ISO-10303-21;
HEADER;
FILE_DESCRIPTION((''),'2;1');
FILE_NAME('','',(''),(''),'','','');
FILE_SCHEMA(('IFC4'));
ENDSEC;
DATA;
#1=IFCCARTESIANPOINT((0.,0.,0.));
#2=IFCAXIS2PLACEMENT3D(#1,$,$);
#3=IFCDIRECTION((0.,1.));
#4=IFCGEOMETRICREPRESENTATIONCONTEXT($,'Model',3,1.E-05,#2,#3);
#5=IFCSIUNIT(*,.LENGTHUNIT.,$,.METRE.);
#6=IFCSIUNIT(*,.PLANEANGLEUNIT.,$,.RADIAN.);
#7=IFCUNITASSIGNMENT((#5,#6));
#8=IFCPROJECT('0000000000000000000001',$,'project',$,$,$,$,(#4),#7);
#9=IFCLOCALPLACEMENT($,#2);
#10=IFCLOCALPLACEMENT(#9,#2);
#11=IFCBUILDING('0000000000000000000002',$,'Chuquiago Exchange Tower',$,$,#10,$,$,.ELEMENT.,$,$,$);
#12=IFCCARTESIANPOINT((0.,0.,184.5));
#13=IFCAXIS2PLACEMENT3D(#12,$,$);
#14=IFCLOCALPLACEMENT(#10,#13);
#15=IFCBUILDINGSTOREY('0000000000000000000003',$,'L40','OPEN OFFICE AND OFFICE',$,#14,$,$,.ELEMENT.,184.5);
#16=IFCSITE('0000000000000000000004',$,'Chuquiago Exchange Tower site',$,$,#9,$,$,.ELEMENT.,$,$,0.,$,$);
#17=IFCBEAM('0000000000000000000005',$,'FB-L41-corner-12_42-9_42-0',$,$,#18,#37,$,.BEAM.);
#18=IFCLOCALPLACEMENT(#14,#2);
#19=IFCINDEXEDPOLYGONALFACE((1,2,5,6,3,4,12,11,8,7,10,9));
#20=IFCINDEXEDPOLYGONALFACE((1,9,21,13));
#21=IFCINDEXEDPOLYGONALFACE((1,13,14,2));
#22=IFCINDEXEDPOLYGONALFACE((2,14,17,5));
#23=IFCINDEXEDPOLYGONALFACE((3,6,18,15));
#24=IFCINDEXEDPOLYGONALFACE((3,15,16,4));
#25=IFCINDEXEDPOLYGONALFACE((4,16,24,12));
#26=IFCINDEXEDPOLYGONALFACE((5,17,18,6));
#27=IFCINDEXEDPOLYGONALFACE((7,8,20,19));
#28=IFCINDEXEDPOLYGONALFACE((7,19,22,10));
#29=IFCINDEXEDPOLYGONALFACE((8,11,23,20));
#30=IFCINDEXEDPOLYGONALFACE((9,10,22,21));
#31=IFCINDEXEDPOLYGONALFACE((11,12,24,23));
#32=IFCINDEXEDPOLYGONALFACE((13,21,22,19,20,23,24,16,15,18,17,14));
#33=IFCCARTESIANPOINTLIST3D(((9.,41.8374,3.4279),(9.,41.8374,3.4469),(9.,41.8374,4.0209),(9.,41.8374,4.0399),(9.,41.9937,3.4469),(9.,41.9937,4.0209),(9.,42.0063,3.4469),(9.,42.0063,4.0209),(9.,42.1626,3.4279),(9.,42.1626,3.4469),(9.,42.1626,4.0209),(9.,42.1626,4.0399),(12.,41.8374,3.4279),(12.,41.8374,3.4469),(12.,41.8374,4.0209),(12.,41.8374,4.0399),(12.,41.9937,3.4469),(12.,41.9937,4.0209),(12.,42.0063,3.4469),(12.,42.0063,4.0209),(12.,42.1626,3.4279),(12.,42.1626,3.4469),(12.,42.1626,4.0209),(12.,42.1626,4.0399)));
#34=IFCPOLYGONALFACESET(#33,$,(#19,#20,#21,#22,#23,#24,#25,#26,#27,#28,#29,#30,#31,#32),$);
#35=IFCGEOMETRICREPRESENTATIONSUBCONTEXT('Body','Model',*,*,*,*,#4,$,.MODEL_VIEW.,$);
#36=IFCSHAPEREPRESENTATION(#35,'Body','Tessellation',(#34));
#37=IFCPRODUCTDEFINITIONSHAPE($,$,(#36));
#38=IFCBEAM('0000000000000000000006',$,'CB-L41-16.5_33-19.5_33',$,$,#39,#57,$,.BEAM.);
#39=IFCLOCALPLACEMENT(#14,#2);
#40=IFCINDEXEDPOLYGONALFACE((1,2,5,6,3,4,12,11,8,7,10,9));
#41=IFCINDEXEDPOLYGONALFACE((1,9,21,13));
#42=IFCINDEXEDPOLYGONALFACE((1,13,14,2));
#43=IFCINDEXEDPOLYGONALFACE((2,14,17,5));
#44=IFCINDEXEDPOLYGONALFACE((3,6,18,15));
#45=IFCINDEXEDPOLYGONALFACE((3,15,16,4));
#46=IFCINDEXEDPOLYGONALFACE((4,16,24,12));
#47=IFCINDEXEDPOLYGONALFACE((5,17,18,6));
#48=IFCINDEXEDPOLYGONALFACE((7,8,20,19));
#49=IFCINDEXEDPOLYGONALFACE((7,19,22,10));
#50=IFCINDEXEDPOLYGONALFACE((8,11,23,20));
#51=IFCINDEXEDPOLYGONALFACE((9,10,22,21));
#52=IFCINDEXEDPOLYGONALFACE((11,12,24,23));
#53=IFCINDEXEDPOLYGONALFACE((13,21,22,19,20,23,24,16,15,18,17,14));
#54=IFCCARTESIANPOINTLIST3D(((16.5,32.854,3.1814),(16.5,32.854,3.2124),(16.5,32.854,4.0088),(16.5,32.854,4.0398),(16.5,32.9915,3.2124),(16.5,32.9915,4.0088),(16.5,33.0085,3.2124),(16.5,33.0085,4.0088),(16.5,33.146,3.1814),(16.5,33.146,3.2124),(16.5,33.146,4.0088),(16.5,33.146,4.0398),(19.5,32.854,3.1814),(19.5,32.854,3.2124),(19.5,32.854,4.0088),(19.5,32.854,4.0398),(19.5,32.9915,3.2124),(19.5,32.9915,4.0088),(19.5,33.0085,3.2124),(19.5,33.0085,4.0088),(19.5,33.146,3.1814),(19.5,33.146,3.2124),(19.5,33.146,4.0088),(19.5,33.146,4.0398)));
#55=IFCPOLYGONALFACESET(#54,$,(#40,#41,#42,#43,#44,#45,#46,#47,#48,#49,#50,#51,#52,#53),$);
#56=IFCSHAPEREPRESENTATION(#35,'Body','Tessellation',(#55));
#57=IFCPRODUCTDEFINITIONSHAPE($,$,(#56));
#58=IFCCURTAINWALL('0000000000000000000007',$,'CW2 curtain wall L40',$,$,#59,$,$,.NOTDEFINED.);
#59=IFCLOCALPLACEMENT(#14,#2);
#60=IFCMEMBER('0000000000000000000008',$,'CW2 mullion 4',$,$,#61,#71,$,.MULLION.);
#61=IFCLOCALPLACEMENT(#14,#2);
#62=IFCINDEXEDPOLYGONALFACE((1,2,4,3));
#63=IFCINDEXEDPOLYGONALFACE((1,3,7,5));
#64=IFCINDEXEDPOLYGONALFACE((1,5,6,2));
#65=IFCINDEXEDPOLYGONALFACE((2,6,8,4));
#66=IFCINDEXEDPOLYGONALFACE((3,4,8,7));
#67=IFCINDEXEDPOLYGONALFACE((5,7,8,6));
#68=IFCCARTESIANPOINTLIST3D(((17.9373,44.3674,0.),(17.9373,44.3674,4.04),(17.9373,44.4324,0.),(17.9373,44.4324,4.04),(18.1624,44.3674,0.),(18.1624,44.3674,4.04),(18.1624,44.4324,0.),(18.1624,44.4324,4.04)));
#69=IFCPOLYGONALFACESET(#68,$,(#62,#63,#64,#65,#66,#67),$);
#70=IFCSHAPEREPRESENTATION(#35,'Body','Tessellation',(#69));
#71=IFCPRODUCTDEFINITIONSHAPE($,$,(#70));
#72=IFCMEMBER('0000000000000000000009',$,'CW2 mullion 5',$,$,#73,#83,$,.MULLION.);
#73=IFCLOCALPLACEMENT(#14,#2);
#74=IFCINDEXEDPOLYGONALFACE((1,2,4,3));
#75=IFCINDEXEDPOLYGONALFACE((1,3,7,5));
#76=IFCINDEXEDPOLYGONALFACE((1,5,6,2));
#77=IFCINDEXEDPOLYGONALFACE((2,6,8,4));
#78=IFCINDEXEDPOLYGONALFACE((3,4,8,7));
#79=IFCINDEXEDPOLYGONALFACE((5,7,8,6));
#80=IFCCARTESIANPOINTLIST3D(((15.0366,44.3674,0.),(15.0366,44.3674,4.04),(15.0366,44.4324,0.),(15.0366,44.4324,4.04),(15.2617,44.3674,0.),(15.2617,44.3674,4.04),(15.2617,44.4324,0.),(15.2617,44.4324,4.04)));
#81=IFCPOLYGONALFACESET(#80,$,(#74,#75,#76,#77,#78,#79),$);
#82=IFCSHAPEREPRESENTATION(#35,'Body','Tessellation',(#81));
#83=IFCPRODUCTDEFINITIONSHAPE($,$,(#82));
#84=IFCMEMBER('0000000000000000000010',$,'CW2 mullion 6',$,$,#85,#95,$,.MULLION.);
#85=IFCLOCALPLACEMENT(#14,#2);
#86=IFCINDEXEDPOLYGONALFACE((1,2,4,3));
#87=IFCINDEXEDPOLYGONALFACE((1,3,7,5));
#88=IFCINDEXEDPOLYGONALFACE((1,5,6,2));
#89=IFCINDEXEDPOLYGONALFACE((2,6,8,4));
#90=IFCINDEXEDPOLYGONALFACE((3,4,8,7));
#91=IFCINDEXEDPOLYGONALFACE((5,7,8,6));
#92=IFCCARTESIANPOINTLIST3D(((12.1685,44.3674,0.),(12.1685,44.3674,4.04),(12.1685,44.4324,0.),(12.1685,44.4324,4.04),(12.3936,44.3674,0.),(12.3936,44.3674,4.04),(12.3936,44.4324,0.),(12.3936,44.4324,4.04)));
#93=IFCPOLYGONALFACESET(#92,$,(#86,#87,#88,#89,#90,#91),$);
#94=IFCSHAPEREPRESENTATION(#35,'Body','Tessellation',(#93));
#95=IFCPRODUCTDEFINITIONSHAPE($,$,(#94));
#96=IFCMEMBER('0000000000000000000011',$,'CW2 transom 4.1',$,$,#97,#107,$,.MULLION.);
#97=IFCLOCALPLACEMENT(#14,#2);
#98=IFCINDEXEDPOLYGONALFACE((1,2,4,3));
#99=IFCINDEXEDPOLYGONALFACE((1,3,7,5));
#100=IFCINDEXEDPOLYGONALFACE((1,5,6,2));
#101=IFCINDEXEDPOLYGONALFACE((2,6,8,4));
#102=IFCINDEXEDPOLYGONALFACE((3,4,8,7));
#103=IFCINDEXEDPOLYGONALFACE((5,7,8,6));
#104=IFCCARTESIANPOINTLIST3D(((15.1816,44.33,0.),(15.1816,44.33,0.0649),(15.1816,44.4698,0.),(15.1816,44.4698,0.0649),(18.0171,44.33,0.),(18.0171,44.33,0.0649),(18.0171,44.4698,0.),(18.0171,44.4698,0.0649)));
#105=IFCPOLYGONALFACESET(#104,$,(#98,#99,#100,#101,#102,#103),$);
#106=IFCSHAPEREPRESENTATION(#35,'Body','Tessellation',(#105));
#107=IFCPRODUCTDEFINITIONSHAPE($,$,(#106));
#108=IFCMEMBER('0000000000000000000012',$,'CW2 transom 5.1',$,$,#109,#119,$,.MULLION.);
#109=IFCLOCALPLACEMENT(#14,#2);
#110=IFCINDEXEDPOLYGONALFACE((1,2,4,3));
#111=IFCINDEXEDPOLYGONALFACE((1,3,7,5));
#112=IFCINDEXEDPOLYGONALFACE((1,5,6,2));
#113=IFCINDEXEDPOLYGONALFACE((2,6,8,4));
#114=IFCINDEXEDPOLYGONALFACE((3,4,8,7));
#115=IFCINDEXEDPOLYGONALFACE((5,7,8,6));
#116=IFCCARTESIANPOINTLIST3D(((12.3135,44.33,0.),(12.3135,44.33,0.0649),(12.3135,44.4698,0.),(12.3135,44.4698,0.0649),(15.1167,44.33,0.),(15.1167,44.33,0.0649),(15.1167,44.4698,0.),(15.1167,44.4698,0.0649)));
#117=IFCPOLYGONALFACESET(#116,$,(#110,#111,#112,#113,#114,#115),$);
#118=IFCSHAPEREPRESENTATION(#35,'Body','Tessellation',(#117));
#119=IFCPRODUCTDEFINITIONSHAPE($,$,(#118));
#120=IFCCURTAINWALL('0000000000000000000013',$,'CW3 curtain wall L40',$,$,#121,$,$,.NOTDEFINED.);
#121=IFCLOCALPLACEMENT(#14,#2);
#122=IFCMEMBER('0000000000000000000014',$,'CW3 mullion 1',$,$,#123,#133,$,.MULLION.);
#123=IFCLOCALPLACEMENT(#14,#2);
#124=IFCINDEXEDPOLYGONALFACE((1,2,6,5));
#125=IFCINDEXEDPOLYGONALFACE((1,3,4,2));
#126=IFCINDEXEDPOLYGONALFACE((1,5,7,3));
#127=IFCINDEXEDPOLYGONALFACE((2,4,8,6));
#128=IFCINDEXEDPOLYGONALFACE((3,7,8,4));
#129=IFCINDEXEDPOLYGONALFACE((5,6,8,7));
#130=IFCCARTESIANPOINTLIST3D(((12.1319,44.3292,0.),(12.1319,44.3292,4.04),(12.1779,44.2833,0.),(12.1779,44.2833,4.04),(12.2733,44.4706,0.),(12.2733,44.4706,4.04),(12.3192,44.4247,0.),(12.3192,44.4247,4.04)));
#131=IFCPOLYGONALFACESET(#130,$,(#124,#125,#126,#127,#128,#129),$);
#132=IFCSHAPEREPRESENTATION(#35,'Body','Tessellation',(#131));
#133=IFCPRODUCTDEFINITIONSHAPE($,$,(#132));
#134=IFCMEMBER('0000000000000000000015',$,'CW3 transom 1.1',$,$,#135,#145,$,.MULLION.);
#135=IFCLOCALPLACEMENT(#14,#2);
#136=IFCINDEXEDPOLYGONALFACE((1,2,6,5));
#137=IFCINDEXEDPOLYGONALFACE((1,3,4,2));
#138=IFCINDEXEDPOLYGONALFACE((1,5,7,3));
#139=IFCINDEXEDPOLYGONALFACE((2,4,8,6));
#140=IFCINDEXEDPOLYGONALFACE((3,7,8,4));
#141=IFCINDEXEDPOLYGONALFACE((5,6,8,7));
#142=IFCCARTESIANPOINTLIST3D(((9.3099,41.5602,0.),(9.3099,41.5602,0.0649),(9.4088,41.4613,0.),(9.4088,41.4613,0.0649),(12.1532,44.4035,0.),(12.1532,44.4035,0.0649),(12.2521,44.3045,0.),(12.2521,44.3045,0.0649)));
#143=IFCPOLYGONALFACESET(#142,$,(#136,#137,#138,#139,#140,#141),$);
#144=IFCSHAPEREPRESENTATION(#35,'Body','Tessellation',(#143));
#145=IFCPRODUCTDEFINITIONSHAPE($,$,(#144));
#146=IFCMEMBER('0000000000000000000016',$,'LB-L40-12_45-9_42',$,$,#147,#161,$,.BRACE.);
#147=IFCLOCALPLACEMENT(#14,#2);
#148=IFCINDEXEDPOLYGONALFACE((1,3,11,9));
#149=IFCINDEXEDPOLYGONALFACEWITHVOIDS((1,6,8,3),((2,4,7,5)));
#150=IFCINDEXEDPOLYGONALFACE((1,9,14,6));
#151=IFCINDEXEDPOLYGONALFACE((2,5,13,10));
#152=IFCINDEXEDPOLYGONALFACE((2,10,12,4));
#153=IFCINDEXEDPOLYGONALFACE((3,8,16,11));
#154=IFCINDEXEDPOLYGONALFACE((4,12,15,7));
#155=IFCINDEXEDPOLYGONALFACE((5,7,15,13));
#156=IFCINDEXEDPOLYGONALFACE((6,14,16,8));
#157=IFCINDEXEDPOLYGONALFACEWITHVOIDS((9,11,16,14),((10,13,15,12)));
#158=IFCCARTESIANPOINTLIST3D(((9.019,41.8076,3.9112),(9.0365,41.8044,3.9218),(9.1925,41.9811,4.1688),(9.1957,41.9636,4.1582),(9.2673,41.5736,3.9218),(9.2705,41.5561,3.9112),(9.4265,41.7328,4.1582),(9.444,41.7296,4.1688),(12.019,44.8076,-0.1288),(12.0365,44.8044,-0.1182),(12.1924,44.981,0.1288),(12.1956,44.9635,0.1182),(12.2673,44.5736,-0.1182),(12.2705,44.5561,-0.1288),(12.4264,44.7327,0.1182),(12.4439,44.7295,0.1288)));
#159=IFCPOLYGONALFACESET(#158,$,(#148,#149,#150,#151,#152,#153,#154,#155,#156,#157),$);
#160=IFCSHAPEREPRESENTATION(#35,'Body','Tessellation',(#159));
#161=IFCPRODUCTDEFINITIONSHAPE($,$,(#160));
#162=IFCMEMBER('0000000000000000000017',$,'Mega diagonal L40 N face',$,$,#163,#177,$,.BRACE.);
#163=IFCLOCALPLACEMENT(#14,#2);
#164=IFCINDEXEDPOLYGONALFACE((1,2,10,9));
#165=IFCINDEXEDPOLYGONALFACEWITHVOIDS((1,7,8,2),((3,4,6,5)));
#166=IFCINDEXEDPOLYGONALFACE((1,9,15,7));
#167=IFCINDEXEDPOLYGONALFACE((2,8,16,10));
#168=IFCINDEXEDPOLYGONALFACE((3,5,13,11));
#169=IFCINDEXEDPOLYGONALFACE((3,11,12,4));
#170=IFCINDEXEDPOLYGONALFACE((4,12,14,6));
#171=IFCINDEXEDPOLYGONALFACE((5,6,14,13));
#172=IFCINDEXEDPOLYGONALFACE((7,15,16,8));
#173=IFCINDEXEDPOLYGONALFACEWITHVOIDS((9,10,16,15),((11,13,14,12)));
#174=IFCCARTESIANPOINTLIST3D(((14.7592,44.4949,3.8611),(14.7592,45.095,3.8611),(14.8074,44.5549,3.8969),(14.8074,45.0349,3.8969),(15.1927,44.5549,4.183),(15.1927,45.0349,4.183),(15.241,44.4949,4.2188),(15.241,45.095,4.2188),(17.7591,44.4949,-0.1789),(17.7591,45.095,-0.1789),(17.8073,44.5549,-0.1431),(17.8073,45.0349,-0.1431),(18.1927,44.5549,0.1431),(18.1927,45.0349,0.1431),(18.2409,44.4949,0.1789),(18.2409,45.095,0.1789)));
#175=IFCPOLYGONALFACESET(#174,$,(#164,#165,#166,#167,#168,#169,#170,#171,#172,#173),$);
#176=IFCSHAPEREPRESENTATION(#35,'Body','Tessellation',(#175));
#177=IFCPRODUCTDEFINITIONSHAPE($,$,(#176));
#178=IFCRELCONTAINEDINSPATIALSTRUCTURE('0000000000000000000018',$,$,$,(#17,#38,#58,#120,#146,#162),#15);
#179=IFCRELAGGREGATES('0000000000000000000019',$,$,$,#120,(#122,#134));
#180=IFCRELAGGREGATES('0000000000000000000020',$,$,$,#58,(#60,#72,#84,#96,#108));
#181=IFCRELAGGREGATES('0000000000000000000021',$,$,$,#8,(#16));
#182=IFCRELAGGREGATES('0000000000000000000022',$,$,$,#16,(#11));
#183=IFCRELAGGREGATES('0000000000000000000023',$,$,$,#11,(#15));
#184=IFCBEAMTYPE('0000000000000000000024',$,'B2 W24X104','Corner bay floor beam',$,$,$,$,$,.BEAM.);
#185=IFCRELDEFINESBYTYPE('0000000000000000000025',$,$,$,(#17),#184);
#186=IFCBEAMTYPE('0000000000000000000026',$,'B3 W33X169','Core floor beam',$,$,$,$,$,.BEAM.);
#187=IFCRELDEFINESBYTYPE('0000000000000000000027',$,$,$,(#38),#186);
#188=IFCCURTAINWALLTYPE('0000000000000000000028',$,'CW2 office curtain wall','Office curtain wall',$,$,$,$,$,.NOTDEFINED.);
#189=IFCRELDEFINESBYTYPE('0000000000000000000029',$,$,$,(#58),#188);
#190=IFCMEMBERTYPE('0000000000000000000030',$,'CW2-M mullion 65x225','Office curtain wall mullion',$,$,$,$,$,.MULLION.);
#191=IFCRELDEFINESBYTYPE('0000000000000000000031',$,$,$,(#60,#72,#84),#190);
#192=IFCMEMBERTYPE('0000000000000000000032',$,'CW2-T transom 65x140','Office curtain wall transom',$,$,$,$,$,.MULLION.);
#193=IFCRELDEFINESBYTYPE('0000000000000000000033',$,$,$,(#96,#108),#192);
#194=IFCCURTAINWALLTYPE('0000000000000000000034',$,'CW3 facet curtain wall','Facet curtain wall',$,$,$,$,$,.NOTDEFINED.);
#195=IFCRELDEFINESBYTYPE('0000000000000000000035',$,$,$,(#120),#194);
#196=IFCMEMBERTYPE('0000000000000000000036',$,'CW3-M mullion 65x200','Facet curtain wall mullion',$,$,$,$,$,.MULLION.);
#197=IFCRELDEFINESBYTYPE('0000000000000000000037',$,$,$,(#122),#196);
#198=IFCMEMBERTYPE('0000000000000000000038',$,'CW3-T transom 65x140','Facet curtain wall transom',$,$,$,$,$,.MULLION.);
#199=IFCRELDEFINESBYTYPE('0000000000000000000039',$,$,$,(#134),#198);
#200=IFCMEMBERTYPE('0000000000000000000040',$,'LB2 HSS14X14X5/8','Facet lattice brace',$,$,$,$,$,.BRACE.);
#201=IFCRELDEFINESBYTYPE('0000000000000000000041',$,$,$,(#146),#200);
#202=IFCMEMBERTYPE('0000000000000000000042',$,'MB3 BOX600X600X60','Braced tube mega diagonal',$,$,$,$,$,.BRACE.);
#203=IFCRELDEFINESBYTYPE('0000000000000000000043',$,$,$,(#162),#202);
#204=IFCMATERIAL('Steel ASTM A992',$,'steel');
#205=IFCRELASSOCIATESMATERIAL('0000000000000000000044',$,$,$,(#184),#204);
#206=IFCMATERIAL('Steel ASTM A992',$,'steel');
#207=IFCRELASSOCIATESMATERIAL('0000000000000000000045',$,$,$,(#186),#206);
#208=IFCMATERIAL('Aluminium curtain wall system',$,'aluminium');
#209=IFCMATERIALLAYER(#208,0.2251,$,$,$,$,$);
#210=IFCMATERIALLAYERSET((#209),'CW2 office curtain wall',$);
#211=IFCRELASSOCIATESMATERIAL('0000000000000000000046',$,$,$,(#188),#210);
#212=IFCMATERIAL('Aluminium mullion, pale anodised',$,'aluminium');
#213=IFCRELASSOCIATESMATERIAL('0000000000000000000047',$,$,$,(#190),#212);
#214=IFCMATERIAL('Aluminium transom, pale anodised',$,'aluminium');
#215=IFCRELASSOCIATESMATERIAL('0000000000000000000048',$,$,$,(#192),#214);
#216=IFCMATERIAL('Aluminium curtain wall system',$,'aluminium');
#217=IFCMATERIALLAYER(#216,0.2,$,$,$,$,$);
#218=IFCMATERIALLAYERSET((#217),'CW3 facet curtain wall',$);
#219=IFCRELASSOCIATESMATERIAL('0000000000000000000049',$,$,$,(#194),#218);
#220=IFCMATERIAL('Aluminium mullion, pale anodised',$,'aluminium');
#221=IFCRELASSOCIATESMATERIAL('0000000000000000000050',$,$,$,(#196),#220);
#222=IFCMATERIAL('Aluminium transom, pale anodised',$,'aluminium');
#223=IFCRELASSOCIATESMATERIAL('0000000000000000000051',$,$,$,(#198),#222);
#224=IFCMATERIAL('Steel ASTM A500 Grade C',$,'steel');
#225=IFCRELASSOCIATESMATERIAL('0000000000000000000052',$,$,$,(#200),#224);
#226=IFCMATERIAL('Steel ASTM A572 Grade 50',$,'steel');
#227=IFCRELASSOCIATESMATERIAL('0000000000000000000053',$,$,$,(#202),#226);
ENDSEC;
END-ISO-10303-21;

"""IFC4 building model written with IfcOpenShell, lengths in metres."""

from ifc_helpers import new_model, si_unit, direction, frame, origin, origin_2d, place, context, subcontext, project, spatial, rectangle, hollow_rectangle, i_section, extrude, material, layer, layer_set, material_profile, profile_set, type_object, element, aggregate, save


model = new_model("IFC4")

# Units and contexts
model_context = context("Model", 3, precision=1e-05, world=origin(), true_north=direction((0.0, 1.0)))
body_context = subcontext(model_context, "Body", "Model", "MODEL_VIEW")
ifc_project = project(units=[si_unit("LENGTHUNIT", "METRE"), si_unit("PLANEANGLEUNIT", "RADIAN")], contexts=[model_context])

# Site, building, storey
site_placement = place(None, origin())
site = spatial("IfcSite", under=ifc_project, at=site_placement, Name="Chuquiago Exchange Tower site", CompositionType="ELEMENT", RefElevation=0.0)
building_placement = place(site_placement, origin())
building = spatial("IfcBuilding", under=site, at=building_placement, Name="Chuquiago Exchange Tower", CompositionType="ELEMENT")
storey_placement = place(building_placement, frame((0.0, 0.0, 184.5)))
storey = spatial("IfcBuildingStorey", under=building, at=storey_placement, Name="L40", Description="OPEN OFFICE AND OFFICE", CompositionType="ELEMENT", Elevation=184.5)

# Beams
ifc_material_1 = material(Name="Steel ASTM A992", Category="steel")
ifc_material_profile_1 = material_profile(ifc_material_1, i_section(OverallWidth=0.3252, OverallDepth=0.6121, WebThickness=0.0127, FlangeThickness=0.019, at=origin_2d()), Name="W24X104")
ifc_profile_set_1 = profile_set([ifc_material_profile_1], Name="Steel ASTM A992")
beam_type_1 = type_object("IfcBeamType", Name="B2 W24X104", Description="Corner bay floor beam", PredefinedType="BEAM", material=ifc_profile_set_1)
beam_1_placement = place(storey_placement, frame((12.0, 42.0, 3.7339), z_axis=(-1.0, 0.0, 0.0), x_axis=(0.0, -1.0, 0.0)))
element("IfcBeam", 1, at=beam_1_placement, inside=storey, type_object=beam_type_1, Name="FB-L41-corner-12_42-9_42-0", PredefinedType="BEAM", context=body_context, shape_type="SweptSolid", body=[
    extrude(i_section(OverallWidth=0.3252, OverallDepth=0.6121, WebThickness=0.0127, FlangeThickness=0.019, at=origin_2d()), origin(), (0.0, 0.0, 1.0), 3.0),
])
ifc_material_2 = material(Name="Steel ASTM A992", Category="steel")
ifc_material_profile_2 = material_profile(ifc_material_2, i_section(OverallWidth=0.292, OverallDepth=0.8584, WebThickness=0.0171, FlangeThickness=0.031, at=origin_2d()), Name="W33X169")
ifc_profile_set_2 = profile_set([ifc_material_profile_2], Name="Steel ASTM A992")
beam_type_2 = type_object("IfcBeamType", Name="B3 W33X169", Description="Core floor beam", PredefinedType="BEAM", material=ifc_profile_set_2)
beam_2_placement = place(storey_placement, frame((16.5, 33.0, 3.6106), z_axis=(1.0, 0.0, 0.0), x_axis=(0.0, 1.0, 0.0)))
element("IfcBeam", 2, at=beam_2_placement, inside=storey, type_object=beam_type_2, Name="CB-L41-16.5_33-19.5_33", PredefinedType="BEAM", context=body_context, shape_type="SweptSolid", body=[
    extrude(i_section(OverallWidth=0.292, OverallDepth=0.8584, WebThickness=0.0171, FlangeThickness=0.031, at=origin_2d()), origin(), (0.0, 0.0, 1.0), 3.0),
])

# Curtain walls, members
ifc_material_3 = material(Name="Aluminium curtain wall system", Category="aluminium")
ifc_layer_1 = layer(ifc_material_3, 0.2251)
ifc_layer_set_1 = layer_set([ifc_layer_1], Name="CW2 office curtain wall")
curtain_wall_type_1 = type_object("IfcCurtainWallType", Name="CW2 office curtain wall", Description="Office curtain wall", PredefinedType="NOTDEFINED", material=ifc_layer_set_1)
curtain_wall_1_placement = place(storey_placement, origin())
curtain_wall_1 = element("IfcCurtainWall", 3, at=curtain_wall_1_placement, inside=storey, type_object=curtain_wall_type_1, Name="CW2 curtain wall L40", PredefinedType="NOTDEFINED")
ifc_material_4 = material(Name="Aluminium mullion, pale anodised", Category="aluminium")
ifc_material_profile_3 = material_profile(ifc_material_4, rectangle(XDim=0.0649, YDim=0.2251, at=origin_2d()), Name="AL 65x225")
ifc_profile_set_3 = profile_set([ifc_material_profile_3], Name="Aluminium mullion, pale anodised")
member_type_1 = type_object("IfcMemberType", Name="CW2-M mullion 65x225", Description="Office curtain wall mullion", PredefinedType="MULLION", material=ifc_profile_set_3)
member_1_placement = place(storey_placement, frame((18.0498, 44.3999, 0.0), z_axis=(0.0, 0.0, 1.0), x_axis=(0.0, -1.0, 0.0)))
member_1 = element("IfcMember", 4, at=member_1_placement, type_object=member_type_1, Name="CW2 mullion 4", PredefinedType="MULLION", context=body_context, shape_type="SweptSolid", body=[
    extrude(rectangle(XDim=0.0649, YDim=0.2251, at=origin_2d()), origin(), (0.0, 0.0, 1.0), 4.04),
])
member_2_placement = place(storey_placement, frame((15.1492, 44.3999, 0.0), z_axis=(0.0, 0.0, 1.0), x_axis=(0.0, -1.0, 0.0)))
member_2 = element("IfcMember", 5, at=member_2_placement, type_object=member_type_1, Name="CW2 mullion 5", PredefinedType="MULLION", context=body_context, shape_type="SweptSolid", body=[
    extrude(rectangle(XDim=0.0649, YDim=0.2251, at=origin_2d()), origin(), (0.0, 0.0, 1.0), 4.04),
])
member_3_placement = place(storey_placement, frame((12.281, 44.3999, 0.0), z_axis=(0.0, 0.0, 1.0), x_axis=(0.0, -1.0, 0.0)))
member_3 = element("IfcMember", 6, at=member_3_placement, type_object=member_type_1, Name="CW2 mullion 6", PredefinedType="MULLION", context=body_context, shape_type="SweptSolid", body=[
    extrude(rectangle(XDim=0.0649, YDim=0.2251, at=origin_2d()), origin(), (0.0, 0.0, 1.0), 4.04),
])
ifc_material_5 = material(Name="Aluminium transom, pale anodised", Category="aluminium")
ifc_material_profile_4 = material_profile(ifc_material_5, rectangle(XDim=0.1399, YDim=0.0649, at=origin_2d()), Name="AL 140x65")
ifc_profile_set_4 = profile_set([ifc_material_profile_4], Name="Aluminium transom, pale anodised")
member_type_2 = type_object("IfcMemberType", Name="CW2-T transom 65x140", Description="Office curtain wall transom", PredefinedType="MULLION", material=ifc_profile_set_4)
member_4_placement = place(storey_placement, frame((18.0171, 44.3999, 0.0325), z_axis=(-1.0, 0.0, 0.0), x_axis=(0.0, -1.0, 0.0)))
member_4 = element("IfcMember", 7, at=member_4_placement, type_object=member_type_2, Name="CW2 transom 4.1", PredefinedType="MULLION", context=body_context, shape_type="SweptSolid", body=[
    extrude(rectangle(XDim=0.1399, YDim=0.0649, at=origin_2d()), origin(), (0.0, 0.0, 1.0), 2.8354),
])
member_5_placement = place(storey_placement, frame((15.1167, 44.3999, 0.0325), z_axis=(-1.0, 0.0, 0.0), x_axis=(0.0, -1.0, 0.0)))
member_5 = element("IfcMember", 8, at=member_5_placement, type_object=member_type_2, Name="CW2 transom 5.1", PredefinedType="MULLION", context=body_context, shape_type="SweptSolid", body=[
    extrude(rectangle(XDim=0.1399, YDim=0.0649, at=origin_2d()), origin(), (0.0, 0.0, 1.0), 2.8032),
])
ifc_material_6 = material(Name="Aluminium curtain wall system", Category="aluminium")
ifc_layer_2 = layer(ifc_material_6, 0.2)
ifc_layer_set_2 = layer_set([ifc_layer_2], Name="CW3 facet curtain wall")
curtain_wall_type_2 = type_object("IfcCurtainWallType", Name="CW3 facet curtain wall", Description="Facet curtain wall", PredefinedType="NOTDEFINED", material=ifc_layer_set_2)
curtain_wall_2_placement = place(storey_placement, origin())
curtain_wall_2 = element("IfcCurtainWall", 9, at=curtain_wall_2_placement, inside=storey, type_object=curtain_wall_type_2, Name="CW3 curtain wall L40", PredefinedType="NOTDEFINED")
ifc_material_7 = material(Name="Aluminium mullion, pale anodised", Category="aluminium")
ifc_material_profile_5 = material_profile(ifc_material_7, rectangle(XDim=0.0649, YDim=0.2, at=origin_2d()), Name="AL 65x200")
ifc_profile_set_5 = profile_set([ifc_material_profile_5], Name="Aluminium mullion, pale anodised")
member_type_3 = type_object("IfcMemberType", Name="CW3-M mullion 65x200", Description="Facet curtain wall mullion", PredefinedType="MULLION", material=ifc_profile_set_5)
member_6_placement = place(storey_placement, frame((12.2256, 44.377, 0.0), z_axis=(0.0, 0.0, 1.0), x_axis=(0.707107, -0.707107, 0.0)))
member_6 = element("IfcMember", 10, at=member_6_placement, type_object=member_type_3, Name="CW3 mullion 1", PredefinedType="MULLION", context=body_context, shape_type="SweptSolid", body=[
    extrude(rectangle(XDim=0.0649, YDim=0.2, at=origin_2d()), origin(), (0.0, 0.0, 1.0), 4.04),
])
ifc_material_8 = material(Name="Aluminium transom, pale anodised", Category="aluminium")
ifc_material_profile_6 = material_profile(ifc_material_8, rectangle(XDim=0.1399, YDim=0.0649, at=origin_2d()), Name="AL 140x65")
ifc_profile_set_6 = profile_set([ifc_material_profile_6], Name="Aluminium transom, pale anodised")
member_type_4 = type_object("IfcMemberType", Name="CW3-T transom 65x140", Description="Facet curtain wall transom", PredefinedType="MULLION", material=ifc_profile_set_6)
member_7_placement = place(storey_placement, frame((12.2026, 44.354, 0.0325), z_axis=(-0.707107, -0.707107, 0.0), x_axis=(0.707107, -0.707107, 0.0)))
member_7 = element("IfcMember", 11, at=member_7_placement, type_object=member_type_4, Name="CW3 transom 1.1", PredefinedType="MULLION", context=body_context, shape_type="SweptSolid", body=[
    extrude(rectangle(XDim=0.1399, YDim=0.0649, at=origin_2d()), origin(), (0.0, 0.0, 1.0), 4.021),
])
aggregate(curtain_wall_2, [member_6, member_7])

# Members
ifc_material_9 = material(Name="Steel ASTM A500 Grade C", Category="steel")
ifc_material_profile_7 = material_profile(ifc_material_9, hollow_rectangle(XDim=0.3557, YDim=0.3557, WallThickness=0.0146, at=origin_2d()), Name="HSS14X14X5/8")
ifc_profile_set_7 = profile_set([ifc_material_profile_7], Name="Steel ASTM A500 Grade C")
member_type_5 = type_object("IfcMemberType", Name="LB2 HSS14X14X5/8", Description="Facet lattice brace", PredefinedType="BRACE", material=ifc_profile_set_7)
member_8_placement = place(storey_placement, frame((12.2314, 44.7686, 0.0), z_axis=(-0.512077, -0.512077, 0.689604), x_axis=(0.707107, -0.707107, 0.0)))
element("IfcMember", 12, at=member_8_placement, inside=storey, type_object=member_type_5, Name="LB-L40-12_45-9_42", PredefinedType="BRACE", context=body_context, shape_type="SweptSolid", body=[
    extrude(hollow_rectangle(XDim=0.3557, YDim=0.3557, WallThickness=0.0146, at=origin_2d()), origin(), (0.0, 0.0, 1.0), 5.8584),
])
ifc_material_10 = material(Name="Steel ASTM A572 Grade 50", Category="steel")
ifc_material_profile_8 = material_profile(ifc_material_10, hollow_rectangle(XDim=0.6001, YDim=0.6001, WallThickness=0.0601, at=origin_2d()), Name="BOX600X600X60")
ifc_profile_set_8 = profile_set([ifc_material_profile_8], Name="Steel ASTM A572 Grade 50")
member_type_6 = type_object("IfcMemberType", Name="MB3 BOX600X600X60", Description="Braced tube mega diagonal", PredefinedType="BRACE", material=ifc_profile_set_8)
for number, where, z_axis, x_axis, name in (
    (13, (18.0, 44.7949, 0.0), (-0.596174, 0.0, 0.802855), (0.0, -1.0, 0.0), "Mega diagonal L40 N face"),
):
    element("IfcMember", number, at=place(storey_placement, frame(where, z_axis=z_axis, x_axis=x_axis)), inside=storey, type_object=member_type_6, Name=name, PredefinedType="BRACE", context=body_context, shape_type="SweptSolid", body=[
        extrude(hollow_rectangle(XDim=0.6001, YDim=0.6001, WallThickness=0.0601, at=origin_2d()), origin(), (0.0, 0.0, 1.0), 5.032),
    ])

aggregate(curtain_wall_1, [member_1, member_2, member_3, member_4, member_5])

save(model, "model.ifc")
